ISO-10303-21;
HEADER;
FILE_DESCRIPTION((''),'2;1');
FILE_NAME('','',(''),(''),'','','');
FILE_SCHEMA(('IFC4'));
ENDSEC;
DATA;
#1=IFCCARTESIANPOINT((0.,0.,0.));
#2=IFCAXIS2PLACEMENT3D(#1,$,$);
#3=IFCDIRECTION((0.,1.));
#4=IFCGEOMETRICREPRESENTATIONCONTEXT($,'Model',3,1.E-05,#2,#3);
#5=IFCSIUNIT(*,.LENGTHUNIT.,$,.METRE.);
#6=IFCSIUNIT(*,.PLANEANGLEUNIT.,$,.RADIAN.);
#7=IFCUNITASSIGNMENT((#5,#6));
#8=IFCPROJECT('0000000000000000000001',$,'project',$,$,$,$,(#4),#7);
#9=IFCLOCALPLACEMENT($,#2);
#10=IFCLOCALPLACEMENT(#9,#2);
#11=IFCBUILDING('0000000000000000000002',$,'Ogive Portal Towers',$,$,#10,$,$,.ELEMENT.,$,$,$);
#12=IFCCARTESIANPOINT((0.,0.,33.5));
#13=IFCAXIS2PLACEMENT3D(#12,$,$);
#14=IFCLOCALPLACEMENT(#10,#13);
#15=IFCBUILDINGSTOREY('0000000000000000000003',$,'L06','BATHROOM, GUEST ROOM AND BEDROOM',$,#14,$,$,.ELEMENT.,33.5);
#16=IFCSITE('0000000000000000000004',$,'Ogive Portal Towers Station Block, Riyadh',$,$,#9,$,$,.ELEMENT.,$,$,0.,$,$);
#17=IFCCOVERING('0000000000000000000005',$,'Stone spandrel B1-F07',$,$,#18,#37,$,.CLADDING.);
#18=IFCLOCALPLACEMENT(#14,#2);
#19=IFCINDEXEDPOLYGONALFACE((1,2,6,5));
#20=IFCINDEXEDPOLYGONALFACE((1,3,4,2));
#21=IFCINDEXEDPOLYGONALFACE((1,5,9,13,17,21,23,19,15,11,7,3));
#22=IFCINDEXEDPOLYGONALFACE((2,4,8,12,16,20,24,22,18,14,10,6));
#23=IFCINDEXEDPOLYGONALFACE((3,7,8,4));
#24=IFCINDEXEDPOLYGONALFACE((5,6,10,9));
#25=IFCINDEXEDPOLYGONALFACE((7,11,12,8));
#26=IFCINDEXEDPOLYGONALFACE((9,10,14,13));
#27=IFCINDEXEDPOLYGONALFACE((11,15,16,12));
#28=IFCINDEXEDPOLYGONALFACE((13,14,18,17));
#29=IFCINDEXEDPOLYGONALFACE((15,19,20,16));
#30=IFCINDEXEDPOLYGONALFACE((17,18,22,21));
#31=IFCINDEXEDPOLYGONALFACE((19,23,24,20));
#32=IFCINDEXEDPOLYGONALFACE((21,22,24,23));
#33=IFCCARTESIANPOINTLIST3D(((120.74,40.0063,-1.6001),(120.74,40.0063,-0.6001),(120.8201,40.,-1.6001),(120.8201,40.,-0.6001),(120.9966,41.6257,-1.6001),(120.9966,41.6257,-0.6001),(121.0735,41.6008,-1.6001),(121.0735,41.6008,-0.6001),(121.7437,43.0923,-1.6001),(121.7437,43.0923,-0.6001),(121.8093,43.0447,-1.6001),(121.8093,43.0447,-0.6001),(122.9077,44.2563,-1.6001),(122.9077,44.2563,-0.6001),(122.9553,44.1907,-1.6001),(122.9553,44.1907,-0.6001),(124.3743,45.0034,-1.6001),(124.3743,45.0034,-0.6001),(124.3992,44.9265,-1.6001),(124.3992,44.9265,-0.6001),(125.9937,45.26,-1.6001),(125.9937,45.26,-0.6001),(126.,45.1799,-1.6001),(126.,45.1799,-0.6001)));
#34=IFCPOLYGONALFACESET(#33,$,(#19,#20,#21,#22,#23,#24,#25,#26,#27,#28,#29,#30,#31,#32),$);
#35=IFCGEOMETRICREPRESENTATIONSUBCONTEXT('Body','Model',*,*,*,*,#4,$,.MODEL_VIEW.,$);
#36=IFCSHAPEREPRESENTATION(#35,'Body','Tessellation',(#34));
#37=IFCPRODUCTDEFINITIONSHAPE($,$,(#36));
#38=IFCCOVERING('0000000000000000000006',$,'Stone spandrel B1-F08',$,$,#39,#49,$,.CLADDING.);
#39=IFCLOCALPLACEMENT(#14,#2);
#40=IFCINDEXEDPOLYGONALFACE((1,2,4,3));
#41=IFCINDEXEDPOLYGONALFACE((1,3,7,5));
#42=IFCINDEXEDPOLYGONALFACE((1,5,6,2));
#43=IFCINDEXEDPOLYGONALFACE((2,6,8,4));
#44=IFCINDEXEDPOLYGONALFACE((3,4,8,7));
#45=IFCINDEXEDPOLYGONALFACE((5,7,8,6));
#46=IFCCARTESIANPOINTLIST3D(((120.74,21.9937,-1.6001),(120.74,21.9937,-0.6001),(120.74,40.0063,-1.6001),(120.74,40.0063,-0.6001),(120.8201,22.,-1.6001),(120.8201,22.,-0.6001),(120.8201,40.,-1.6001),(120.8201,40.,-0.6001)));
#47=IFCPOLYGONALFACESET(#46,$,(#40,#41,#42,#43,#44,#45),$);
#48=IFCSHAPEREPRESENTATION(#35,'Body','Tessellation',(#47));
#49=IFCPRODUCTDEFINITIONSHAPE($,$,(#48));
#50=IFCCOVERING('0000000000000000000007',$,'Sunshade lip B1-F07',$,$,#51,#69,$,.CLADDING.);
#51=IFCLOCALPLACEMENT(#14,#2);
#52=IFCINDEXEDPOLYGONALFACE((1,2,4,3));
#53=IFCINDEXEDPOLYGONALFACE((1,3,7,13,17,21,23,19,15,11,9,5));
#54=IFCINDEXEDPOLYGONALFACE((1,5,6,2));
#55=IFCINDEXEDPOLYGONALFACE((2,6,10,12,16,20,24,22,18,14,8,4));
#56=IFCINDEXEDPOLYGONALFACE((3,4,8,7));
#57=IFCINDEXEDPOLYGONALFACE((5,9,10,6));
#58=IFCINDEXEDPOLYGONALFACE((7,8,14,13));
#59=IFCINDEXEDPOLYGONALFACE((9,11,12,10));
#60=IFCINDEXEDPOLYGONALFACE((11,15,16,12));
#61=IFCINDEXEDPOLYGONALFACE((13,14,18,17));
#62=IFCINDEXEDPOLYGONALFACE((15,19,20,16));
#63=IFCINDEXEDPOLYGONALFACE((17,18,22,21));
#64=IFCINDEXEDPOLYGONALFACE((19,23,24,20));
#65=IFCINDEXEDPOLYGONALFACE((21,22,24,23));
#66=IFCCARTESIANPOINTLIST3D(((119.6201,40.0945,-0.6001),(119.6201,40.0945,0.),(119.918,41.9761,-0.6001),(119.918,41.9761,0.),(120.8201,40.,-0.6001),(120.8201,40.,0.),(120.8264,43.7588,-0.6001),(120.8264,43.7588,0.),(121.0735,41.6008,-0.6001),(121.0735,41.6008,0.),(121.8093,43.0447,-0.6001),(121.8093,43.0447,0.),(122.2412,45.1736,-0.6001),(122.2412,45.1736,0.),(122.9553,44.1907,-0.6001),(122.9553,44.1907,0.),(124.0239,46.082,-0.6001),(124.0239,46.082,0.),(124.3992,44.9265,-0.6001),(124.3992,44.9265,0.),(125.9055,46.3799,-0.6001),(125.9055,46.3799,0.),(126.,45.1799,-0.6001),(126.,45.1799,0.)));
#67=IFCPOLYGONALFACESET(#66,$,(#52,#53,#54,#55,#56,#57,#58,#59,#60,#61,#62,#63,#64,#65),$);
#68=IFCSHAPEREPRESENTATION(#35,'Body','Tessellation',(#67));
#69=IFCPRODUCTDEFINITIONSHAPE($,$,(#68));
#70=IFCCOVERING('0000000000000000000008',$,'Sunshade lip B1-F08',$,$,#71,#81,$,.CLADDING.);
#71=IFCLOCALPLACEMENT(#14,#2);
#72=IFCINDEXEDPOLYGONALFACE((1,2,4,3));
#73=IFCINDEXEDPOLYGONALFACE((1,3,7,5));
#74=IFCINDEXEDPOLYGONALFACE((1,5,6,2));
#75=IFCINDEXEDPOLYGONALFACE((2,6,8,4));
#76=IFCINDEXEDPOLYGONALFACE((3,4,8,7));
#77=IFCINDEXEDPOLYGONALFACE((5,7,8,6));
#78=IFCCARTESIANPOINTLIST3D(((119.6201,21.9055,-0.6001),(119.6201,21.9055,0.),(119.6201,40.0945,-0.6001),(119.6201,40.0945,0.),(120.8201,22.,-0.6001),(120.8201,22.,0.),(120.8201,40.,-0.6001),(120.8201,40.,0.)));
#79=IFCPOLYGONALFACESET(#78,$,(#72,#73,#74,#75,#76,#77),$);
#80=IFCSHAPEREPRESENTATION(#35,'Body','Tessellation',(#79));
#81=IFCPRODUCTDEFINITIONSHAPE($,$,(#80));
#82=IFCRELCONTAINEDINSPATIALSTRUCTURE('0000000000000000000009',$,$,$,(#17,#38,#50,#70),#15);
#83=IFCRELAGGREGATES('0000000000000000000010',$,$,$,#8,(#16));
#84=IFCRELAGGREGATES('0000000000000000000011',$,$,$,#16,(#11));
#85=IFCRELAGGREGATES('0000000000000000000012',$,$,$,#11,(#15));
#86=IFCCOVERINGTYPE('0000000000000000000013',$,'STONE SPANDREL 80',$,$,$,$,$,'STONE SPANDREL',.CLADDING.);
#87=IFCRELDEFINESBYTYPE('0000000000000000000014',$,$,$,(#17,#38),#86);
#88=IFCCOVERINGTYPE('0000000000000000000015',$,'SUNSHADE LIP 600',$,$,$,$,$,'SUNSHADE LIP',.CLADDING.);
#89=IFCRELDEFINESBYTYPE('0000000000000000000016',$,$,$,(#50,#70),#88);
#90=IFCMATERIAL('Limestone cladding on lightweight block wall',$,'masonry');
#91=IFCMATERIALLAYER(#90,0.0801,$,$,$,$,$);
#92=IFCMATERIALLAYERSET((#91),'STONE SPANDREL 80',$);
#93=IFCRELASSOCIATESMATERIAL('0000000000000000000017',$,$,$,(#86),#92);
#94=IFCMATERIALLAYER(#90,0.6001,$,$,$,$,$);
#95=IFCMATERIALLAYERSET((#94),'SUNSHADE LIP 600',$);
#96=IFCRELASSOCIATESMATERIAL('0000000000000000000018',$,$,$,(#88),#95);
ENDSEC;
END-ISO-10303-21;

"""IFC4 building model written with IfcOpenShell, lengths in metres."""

from ifc_helpers import new_model, si_unit, direction, frame, origin, place, context, subcontext, project, spatial, polyline, outline, extrude, material, layer, layer_set, type_object, element, save


model = new_model("IFC4")

# Units and contexts
model_context = context("Model", 3, precision=1e-05, world=origin(), true_north=direction((0.0, 1.0)))
body_context = subcontext(model_context, "Body", "Model", "MODEL_VIEW")
ifc_project = project(units=[si_unit("LENGTHUNIT", "METRE"), si_unit("PLANEANGLEUNIT", "RADIAN")], contexts=[model_context])

# Site, building, storey
site_placement = place(None, origin())
site = spatial("IfcSite", under=ifc_project, at=site_placement, Name="Ogive Portal Towers Station Block, Riyadh", CompositionType="ELEMENT", RefElevation=0.0)
building_placement = place(site_placement, origin())
building = spatial("IfcBuilding", under=site, at=building_placement, Name="Ogive Portal Towers", CompositionType="ELEMENT")
storey_placement = place(building_placement, frame((0.0, 0.0, 33.5)))
storey = spatial("IfcBuildingStorey", under=building, at=storey_placement, Name="L06", Description="BATHROOM, GUEST ROOM AND BEDROOM", CompositionType="ELEMENT", Elevation=33.5)

# Shared definitions
ifc_material_1 = material(Name="Limestone cladding on lightweight block wall", Category="masonry")

# Coverings
ifc_layer_1 = layer(ifc_material_1, 0.0801)
ifc_layer_set_1 = layer_set([ifc_layer_1], Name="STONE SPANDREL 80")
covering_type_1 = type_object("IfcCoveringType", Name="STONE SPANDREL 80", ElementType="STONE SPANDREL", PredefinedType="CLADDING", material=ifc_layer_set_1)
covering_1_placement = place(storey_placement, frame((0.0, 0.0, -1.6001)))
element("IfcCovering", 1, at=covering_1_placement, inside=storey, type_object=covering_type_1, Name="Stone spandrel B1-F07", PredefinedType="CLADDING", context=body_context, shape_type="SweptSolid", body=[
    extrude(outline(polyline([(126.0, 45.1799), (124.3992, 44.9265), (122.9553, 44.1907), (121.8093, 43.0447), (121.0735, 41.6008), (120.8201, 40.0), (120.74, 40.0063), (120.9966, 41.6257), (121.7437, 43.0923), (122.9077, 44.2563), (124.3743, 45.0034), (125.9937, 45.26), (126.0, 45.1799)])), origin(), (0.0, 0.0, 1.0), 1.0),
])
covering_2_placement = place(storey_placement, frame((0.0, 0.0, -1.6001)))
element("IfcCovering", 2, at=covering_2_placement, inside=storey, type_object=covering_type_1, Name="Stone spandrel B1-F08", PredefinedType="CLADDING", context=body_context, shape_type="SweptSolid", body=[
    extrude(outline(polyline([(120.8201, 40.0), (120.8201, 22.0), (120.74, 21.9937), (120.74, 40.0063), (120.8201, 40.0)])), origin(), (0.0, 0.0, 1.0), 1.0),
])
ifc_layer_2 = layer(ifc_material_1, 0.6001)
ifc_layer_set_2 = layer_set([ifc_layer_2], Name="SUNSHADE LIP 600")
covering_type_2 = type_object("IfcCoveringType", Name="SUNSHADE LIP 600", ElementType="SUNSHADE LIP", PredefinedType="CLADDING", material=ifc_layer_set_2)
covering_3_placement = place(storey_placement, frame((0.0, 0.0, -0.6001)))
element("IfcCovering", 3, at=covering_3_placement, inside=storey, type_object=covering_type_2, Name="Sunshade lip B1-F07", PredefinedType="CLADDING", context=body_context, shape_type="SweptSolid", body=[
    extrude(outline(polyline([(126.0, 45.1799), (124.3992, 44.9265), (122.9553, 44.1907), (121.8093, 43.0447), (121.0735, 41.6008), (120.8201, 40.0), (119.6201, 40.0945), (119.918, 41.9761), (120.8264, 43.7588), (122.2412, 45.1736), (124.0239, 46.082), (125.9055, 46.3799), (126.0, 45.1799)])), origin(), (0.0, 0.0, 1.0), 0.6001),
])
covering_4_placement = place(storey_placement, frame((0.0, 0.0, -0.6001)))
element("IfcCovering", 4, at=covering_4_placement, inside=storey, type_object=covering_type_2, Name="Sunshade lip B1-F08", PredefinedType="CLADDING", context=body_context, shape_type="SweptSolid", body=[
    extrude(outline(polyline([(120.8201, 40.0), (120.8201, 22.0), (119.6201, 21.9055), (119.6201, 40.0945), (120.8201, 40.0)])), origin(), (0.0, 0.0, 1.0), 0.6001),
])

save(model, "model.ifc")
